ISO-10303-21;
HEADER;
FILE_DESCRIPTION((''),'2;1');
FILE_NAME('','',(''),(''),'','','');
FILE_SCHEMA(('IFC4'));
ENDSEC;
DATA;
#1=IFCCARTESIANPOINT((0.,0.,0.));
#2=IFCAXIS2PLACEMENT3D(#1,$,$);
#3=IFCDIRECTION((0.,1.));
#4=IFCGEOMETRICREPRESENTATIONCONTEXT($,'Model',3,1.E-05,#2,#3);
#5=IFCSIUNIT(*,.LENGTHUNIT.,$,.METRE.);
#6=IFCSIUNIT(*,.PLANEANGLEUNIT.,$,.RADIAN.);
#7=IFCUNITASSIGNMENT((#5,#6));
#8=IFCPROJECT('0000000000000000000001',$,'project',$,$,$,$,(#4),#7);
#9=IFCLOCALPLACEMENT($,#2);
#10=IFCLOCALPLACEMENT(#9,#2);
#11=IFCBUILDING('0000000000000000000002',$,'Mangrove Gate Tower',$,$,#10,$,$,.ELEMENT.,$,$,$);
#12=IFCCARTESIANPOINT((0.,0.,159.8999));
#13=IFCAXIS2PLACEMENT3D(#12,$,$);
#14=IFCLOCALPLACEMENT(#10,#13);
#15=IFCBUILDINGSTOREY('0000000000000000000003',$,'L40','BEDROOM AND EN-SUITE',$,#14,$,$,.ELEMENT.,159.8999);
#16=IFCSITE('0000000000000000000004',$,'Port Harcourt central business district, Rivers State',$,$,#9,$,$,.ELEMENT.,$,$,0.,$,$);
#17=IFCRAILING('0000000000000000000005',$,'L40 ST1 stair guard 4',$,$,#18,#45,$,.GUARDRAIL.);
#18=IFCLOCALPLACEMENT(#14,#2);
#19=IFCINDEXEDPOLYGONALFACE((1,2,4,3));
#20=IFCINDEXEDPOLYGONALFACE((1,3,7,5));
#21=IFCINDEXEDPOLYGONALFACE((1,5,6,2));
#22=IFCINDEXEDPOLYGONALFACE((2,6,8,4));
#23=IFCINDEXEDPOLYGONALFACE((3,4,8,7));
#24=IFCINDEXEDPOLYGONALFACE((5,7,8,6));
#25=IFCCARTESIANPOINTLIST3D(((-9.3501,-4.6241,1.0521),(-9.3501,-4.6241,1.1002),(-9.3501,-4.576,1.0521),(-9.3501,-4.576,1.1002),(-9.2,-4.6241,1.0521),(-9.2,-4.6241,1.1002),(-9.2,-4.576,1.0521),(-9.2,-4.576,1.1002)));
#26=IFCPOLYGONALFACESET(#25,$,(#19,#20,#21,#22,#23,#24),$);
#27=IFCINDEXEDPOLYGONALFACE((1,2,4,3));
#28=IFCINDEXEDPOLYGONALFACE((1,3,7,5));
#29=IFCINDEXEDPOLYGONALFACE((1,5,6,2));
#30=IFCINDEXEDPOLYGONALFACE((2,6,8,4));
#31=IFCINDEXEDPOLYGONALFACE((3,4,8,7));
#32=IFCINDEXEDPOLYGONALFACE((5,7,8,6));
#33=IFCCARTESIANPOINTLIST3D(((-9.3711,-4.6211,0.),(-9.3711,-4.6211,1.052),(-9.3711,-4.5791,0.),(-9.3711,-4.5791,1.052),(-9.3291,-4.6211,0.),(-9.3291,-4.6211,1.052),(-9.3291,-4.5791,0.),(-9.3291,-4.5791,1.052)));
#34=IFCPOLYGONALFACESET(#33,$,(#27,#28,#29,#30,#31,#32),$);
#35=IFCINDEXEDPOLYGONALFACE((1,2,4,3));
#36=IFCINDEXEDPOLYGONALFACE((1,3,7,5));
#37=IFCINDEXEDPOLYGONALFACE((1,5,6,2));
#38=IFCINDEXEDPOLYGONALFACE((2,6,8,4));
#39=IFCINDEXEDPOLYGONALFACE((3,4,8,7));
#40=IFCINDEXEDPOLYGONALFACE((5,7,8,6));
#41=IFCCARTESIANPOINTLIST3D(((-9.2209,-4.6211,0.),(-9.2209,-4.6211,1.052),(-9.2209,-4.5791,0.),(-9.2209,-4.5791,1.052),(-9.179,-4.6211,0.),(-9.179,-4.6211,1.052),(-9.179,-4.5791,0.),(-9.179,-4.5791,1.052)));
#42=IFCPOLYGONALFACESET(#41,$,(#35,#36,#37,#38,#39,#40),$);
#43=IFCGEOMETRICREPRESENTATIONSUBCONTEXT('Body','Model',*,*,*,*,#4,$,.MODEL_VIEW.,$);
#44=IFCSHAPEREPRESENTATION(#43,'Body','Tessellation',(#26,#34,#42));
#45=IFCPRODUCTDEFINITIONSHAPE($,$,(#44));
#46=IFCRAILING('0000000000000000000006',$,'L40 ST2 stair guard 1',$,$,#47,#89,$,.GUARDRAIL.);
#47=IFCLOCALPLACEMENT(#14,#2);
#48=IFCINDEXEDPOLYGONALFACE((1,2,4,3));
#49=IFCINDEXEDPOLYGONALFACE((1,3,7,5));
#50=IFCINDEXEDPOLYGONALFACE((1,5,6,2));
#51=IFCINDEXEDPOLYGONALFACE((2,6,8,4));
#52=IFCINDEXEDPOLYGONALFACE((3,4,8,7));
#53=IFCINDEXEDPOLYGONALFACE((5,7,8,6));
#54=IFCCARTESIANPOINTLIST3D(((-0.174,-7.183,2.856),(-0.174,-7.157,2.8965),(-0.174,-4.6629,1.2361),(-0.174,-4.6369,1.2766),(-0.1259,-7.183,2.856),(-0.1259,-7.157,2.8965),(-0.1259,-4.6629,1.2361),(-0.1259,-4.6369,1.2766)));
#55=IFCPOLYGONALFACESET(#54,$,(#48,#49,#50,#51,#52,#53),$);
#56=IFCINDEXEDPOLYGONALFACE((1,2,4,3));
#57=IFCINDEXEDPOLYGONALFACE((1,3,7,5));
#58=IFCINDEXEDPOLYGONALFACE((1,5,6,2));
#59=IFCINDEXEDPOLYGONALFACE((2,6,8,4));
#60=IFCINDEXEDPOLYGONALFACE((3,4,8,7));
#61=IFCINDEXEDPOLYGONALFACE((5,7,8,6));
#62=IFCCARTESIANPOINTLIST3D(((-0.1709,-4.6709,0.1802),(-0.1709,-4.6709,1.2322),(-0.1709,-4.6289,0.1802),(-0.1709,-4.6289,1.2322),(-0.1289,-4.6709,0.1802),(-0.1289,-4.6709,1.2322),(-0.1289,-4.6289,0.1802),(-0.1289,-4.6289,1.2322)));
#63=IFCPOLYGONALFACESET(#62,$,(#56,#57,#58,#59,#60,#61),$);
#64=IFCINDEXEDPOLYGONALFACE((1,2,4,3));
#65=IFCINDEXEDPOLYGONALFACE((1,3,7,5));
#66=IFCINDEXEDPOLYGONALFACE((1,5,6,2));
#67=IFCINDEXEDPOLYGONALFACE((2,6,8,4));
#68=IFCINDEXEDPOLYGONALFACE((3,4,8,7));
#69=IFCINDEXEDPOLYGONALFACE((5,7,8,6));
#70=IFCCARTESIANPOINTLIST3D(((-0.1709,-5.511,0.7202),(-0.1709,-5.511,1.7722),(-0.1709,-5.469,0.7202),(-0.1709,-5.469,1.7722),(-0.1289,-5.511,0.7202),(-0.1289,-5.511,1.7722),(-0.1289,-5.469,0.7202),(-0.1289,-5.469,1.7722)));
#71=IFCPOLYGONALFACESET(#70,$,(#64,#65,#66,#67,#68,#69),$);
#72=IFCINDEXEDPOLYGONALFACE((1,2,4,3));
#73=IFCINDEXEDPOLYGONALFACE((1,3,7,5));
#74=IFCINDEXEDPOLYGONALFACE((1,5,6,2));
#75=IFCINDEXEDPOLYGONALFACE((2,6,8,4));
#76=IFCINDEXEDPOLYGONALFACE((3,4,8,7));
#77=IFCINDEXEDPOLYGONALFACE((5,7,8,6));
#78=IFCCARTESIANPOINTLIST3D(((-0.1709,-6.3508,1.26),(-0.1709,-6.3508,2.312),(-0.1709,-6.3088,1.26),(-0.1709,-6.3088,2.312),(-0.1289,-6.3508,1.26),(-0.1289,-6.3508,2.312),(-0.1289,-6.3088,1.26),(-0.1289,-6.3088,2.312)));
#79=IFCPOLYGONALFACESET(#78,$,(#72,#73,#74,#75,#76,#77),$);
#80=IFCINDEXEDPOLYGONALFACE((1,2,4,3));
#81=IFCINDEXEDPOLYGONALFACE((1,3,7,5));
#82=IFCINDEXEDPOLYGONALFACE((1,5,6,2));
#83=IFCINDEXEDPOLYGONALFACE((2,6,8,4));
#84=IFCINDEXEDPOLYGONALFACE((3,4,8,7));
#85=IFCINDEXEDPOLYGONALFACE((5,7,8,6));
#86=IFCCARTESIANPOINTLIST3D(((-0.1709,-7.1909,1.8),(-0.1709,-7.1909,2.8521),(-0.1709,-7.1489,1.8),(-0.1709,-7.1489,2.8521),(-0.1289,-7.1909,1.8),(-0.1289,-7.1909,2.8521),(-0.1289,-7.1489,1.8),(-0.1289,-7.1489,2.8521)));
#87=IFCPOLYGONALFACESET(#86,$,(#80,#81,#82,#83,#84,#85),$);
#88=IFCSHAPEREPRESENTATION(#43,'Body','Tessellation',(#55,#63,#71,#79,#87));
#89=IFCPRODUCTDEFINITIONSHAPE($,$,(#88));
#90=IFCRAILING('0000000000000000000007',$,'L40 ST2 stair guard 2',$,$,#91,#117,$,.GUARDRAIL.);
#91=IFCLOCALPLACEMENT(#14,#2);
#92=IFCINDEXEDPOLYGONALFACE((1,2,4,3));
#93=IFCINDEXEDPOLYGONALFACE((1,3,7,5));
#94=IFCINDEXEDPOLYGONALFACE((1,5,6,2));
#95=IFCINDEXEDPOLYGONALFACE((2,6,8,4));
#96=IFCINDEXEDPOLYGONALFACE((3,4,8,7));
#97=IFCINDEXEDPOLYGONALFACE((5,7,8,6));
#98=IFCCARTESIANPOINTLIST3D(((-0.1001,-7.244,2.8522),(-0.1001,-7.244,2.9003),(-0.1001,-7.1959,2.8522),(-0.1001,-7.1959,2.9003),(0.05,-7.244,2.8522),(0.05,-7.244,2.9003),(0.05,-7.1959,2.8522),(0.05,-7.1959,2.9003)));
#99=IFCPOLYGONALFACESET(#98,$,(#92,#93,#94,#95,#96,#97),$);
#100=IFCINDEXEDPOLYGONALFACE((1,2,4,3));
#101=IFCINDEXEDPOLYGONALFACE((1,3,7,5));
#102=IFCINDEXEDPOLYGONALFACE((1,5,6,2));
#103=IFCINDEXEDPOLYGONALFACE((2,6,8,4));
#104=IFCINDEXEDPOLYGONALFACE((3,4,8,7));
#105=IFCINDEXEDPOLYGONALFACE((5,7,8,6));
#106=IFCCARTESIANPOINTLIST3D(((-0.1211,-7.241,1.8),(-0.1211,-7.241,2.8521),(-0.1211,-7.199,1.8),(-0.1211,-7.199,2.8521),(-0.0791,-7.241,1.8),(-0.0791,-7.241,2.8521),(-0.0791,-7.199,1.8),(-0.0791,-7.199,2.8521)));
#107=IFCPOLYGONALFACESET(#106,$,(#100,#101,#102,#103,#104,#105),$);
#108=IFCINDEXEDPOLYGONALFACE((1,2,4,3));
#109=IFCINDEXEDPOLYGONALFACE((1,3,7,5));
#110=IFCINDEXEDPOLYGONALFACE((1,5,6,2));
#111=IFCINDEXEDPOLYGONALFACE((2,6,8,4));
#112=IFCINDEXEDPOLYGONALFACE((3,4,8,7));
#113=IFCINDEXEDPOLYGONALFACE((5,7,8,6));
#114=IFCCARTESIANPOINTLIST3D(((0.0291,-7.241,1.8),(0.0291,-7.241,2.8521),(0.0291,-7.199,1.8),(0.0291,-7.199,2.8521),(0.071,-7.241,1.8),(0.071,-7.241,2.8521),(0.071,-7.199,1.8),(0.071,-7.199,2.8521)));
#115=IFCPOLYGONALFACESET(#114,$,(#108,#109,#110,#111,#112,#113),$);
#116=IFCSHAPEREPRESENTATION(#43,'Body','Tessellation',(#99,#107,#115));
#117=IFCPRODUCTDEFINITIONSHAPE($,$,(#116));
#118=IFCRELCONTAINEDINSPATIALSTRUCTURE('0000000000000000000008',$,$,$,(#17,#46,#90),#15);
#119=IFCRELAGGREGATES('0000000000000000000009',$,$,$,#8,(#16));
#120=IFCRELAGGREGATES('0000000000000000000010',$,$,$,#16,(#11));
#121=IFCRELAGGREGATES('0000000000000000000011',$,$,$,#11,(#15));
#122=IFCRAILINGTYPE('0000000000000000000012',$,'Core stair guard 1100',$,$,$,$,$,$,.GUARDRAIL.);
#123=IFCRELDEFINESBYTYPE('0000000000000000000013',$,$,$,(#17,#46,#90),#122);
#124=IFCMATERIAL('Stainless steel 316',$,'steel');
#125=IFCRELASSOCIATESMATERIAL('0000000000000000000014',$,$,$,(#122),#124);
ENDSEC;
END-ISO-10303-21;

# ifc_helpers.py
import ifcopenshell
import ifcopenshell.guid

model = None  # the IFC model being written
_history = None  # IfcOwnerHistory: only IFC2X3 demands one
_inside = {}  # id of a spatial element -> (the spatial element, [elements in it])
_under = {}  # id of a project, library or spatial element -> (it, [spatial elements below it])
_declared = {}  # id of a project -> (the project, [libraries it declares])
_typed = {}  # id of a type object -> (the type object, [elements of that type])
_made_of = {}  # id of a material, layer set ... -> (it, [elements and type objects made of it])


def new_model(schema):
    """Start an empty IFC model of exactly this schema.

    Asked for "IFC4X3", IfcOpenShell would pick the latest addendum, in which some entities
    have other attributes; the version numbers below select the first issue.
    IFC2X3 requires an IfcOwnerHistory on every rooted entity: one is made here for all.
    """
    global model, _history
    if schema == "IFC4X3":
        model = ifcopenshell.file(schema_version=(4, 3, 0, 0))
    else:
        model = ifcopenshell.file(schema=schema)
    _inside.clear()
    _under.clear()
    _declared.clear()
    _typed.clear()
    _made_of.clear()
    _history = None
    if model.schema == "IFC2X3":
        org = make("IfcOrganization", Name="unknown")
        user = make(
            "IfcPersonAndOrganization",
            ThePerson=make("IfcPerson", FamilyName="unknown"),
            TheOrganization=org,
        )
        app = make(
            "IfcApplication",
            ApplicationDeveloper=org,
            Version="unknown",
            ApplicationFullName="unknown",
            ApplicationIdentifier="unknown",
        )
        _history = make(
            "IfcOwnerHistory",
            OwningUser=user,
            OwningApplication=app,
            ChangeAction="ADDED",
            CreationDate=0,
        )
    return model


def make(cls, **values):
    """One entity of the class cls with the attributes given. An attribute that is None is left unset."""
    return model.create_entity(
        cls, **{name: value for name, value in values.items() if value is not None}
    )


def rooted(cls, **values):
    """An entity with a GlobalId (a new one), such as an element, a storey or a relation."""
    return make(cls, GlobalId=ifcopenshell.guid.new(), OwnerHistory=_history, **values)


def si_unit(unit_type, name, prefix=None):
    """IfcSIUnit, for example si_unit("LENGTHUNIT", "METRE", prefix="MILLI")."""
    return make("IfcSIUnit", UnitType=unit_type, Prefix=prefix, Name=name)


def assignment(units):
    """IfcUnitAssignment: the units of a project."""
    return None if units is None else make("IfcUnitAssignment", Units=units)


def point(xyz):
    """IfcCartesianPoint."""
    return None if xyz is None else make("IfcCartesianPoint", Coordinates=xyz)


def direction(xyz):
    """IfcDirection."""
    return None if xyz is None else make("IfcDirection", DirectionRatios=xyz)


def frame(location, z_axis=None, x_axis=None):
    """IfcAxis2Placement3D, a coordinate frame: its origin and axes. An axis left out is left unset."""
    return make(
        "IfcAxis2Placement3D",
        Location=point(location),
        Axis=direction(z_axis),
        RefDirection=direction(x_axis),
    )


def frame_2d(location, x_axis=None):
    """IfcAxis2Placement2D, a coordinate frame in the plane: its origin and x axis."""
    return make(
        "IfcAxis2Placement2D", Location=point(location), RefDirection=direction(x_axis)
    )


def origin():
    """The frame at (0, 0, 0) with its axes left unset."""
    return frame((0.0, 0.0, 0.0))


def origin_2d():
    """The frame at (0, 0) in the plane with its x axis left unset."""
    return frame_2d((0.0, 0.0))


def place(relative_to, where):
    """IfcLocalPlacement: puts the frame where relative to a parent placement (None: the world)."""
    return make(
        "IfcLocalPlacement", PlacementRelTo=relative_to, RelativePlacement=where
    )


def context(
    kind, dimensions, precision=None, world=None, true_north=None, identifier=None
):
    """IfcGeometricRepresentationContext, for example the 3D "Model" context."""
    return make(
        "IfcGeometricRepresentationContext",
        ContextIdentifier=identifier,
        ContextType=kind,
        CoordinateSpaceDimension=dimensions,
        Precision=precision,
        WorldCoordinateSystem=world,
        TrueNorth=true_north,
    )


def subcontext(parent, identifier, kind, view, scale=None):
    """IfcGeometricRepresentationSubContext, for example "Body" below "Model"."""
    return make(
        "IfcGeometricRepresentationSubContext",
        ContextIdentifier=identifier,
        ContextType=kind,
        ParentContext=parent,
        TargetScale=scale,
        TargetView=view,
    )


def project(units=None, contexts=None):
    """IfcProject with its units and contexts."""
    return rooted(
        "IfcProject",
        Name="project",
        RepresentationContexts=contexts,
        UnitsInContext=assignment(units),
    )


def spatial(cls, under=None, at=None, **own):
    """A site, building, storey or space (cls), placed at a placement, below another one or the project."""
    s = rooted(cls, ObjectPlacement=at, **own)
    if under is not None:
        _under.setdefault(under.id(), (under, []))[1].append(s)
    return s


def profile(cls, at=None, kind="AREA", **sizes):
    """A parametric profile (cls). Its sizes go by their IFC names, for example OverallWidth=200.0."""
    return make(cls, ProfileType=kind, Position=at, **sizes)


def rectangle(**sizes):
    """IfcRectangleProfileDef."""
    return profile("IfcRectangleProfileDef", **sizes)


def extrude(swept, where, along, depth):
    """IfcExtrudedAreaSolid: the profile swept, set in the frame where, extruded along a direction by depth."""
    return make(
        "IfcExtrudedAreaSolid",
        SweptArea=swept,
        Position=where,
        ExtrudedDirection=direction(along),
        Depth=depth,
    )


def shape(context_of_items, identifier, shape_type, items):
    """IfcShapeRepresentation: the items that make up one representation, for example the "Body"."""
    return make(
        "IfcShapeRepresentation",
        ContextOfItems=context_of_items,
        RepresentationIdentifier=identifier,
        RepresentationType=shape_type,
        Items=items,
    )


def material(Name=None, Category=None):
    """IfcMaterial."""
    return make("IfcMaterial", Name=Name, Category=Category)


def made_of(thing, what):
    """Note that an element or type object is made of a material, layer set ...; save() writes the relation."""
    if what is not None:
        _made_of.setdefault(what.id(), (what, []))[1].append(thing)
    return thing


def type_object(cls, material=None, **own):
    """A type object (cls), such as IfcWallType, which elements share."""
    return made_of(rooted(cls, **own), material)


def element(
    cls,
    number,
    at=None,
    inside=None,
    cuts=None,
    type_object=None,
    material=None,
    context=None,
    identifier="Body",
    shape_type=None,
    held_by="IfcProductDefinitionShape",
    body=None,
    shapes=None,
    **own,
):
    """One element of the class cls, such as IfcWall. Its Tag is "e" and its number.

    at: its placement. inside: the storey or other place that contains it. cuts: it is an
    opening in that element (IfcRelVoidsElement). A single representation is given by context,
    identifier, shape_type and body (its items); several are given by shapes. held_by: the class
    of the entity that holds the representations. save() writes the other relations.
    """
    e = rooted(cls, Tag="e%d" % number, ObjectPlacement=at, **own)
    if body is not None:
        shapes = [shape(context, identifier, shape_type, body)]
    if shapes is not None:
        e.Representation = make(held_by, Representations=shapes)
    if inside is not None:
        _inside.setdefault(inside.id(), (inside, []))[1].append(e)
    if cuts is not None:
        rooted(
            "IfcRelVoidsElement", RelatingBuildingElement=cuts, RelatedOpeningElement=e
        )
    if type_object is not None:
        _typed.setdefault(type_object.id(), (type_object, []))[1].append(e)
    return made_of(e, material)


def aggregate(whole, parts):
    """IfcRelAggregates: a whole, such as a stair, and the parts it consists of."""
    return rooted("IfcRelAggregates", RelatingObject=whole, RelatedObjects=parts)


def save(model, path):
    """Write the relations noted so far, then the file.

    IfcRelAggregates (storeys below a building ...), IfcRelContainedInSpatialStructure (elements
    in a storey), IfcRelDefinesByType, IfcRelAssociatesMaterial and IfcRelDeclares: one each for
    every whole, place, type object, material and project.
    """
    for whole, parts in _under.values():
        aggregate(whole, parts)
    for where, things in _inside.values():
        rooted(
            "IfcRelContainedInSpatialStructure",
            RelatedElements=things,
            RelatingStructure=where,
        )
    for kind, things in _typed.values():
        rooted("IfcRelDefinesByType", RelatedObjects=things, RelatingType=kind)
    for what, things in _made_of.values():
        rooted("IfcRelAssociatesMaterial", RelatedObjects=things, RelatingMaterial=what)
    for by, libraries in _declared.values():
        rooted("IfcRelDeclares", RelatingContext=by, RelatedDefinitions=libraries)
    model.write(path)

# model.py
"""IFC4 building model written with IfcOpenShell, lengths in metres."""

from ifc_helpers import new_model, si_unit, direction, frame, origin, origin_2d, place, context, subcontext, project, spatial, rectangle, extrude, material, type_object, element, save


model = new_model("IFC4")

# Units and contexts
model_context = context("Model", 3, precision=1e-05, world=origin(), true_north=direction((0.0, 1.0)))
body_context = subcontext(model_context, "Body", "Model", "MODEL_VIEW")
ifc_project = project(units=[si_unit("LENGTHUNIT", "METRE"), si_unit("PLANEANGLEUNIT", "RADIAN")], contexts=[model_context])

# Site, building, storey
site_placement = place(None, origin())
site = spatial("IfcSite", under=ifc_project, at=site_placement, Name="Port Harcourt central business district, Rivers State", CompositionType="ELEMENT", RefElevation=0.0)
building_placement = place(site_placement, origin())
building = spatial("IfcBuilding", under=site, at=building_placement, Name="Mangrove Gate Tower", CompositionType="ELEMENT")
storey_placement = place(building_placement, frame((0.0, 0.0, 159.8999)))
storey = spatial("IfcBuildingStorey", under=building, at=storey_placement, Name="L40", Description="BEDROOM AND EN-SUITE", CompositionType="ELEMENT", Elevation=159.8999)

# Railings
ifc_material_1 = material(Name="Stainless steel 316", Category="steel")
railing_type_1 = type_object("IfcRailingType", Name="Core stair guard 1100", PredefinedType="GUARDRAIL", material=ifc_material_1)
railing_1_placement = place(storey_placement, frame((-9.3501, -4.6001, 0.0)))
element("IfcRailing", 1, at=railing_1_placement, inside=storey, type_object=railing_type_1, Name="L40 ST1 stair guard 4", PredefinedType="GUARDRAIL", context=body_context, shape_type="SweptSolid", body=[
    extrude(rectangle(XDim=0.0481, YDim=0.0481, at=origin_2d()), frame((0.0, 0.0, 1.0762), z_axis=(1.0, 0.0, 0.0), x_axis=(0.0, 1.0, 0.0)), (0.0, 0.0, 1.0), 0.1501),
    extrude(rectangle(XDim=0.042, YDim=0.042, at=origin_2d()), origin(), (0.0, 0.0, 1.0), 1.052),
    extrude(rectangle(XDim=0.042, YDim=0.042, at=origin_2d()), frame((0.1501, 0.0, 0.0)), (0.0, 0.0, 1.0), 1.052),
])
railing_2_placement = place(storey_placement, frame((-0.1499, -4.6499, 0.1802)))
element("IfcRailing", 2, at=railing_2_placement, inside=storey, type_object=railing_type_1, Name="L40 ST2 stair guard 1", PredefinedType="GUARDRAIL", context=body_context, shape_type="SweptSolid", body=[
    extrude(rectangle(XDim=0.0481, YDim=0.0481, at=origin_2d()), frame((0.0, 0.0, 1.0762), z_axis=(0.0, -0.8412, 0.540725), x_axis=(1.0, 0.0, 0.0)), (0.0, 0.0, 1.0), 2.9958),
    extrude(rectangle(XDim=0.042, YDim=0.042, at=origin_2d()), origin(), (0.0, 0.0, 1.0), 1.052),
    extrude(rectangle(XDim=0.042, YDim=0.042, at=origin_2d()), frame((0.0, -0.8401, 0.54)), (0.0, 0.0, 1.0), 1.052),
    extrude(rectangle(XDim=0.042, YDim=0.042, at=origin_2d()), frame((0.0, -1.6799, 1.0798)), (0.0, 0.0, 1.0), 1.052),
    extrude(rectangle(XDim=0.042, YDim=0.042, at=origin_2d()), frame((0.0, -2.52, 1.6199)), (0.0, 0.0, 1.0), 1.052),
])
railing_3_placement = place(storey_placement, frame((-0.1001, -7.22, 1.8)))
element("IfcRailing", 3, at=railing_3_placement, inside=storey, type_object=railing_type_1, Name="L40 ST2 stair guard 2", PredefinedType="GUARDRAIL", context=body_context, shape_type="SweptSolid", body=[
    extrude(rectangle(XDim=0.0481, YDim=0.0481, at=origin_2d()), frame((0.0, 0.0, 1.0762), z_axis=(1.0, 0.0, 0.0), x_axis=(0.0, 1.0, 0.0)), (0.0, 0.0, 1.0), 0.1501),
    extrude(rectangle(XDim=0.042, YDim=0.042, at=origin_2d()), origin(), (0.0, 0.0, 1.0), 1.052),
    extrude(rectangle(XDim=0.042, YDim=0.042, at=origin_2d()), frame((0.1501, 0.0, 0.0)), (0.0, 0.0, 1.0), 1.052),
])

save(model, "model.ifc")
